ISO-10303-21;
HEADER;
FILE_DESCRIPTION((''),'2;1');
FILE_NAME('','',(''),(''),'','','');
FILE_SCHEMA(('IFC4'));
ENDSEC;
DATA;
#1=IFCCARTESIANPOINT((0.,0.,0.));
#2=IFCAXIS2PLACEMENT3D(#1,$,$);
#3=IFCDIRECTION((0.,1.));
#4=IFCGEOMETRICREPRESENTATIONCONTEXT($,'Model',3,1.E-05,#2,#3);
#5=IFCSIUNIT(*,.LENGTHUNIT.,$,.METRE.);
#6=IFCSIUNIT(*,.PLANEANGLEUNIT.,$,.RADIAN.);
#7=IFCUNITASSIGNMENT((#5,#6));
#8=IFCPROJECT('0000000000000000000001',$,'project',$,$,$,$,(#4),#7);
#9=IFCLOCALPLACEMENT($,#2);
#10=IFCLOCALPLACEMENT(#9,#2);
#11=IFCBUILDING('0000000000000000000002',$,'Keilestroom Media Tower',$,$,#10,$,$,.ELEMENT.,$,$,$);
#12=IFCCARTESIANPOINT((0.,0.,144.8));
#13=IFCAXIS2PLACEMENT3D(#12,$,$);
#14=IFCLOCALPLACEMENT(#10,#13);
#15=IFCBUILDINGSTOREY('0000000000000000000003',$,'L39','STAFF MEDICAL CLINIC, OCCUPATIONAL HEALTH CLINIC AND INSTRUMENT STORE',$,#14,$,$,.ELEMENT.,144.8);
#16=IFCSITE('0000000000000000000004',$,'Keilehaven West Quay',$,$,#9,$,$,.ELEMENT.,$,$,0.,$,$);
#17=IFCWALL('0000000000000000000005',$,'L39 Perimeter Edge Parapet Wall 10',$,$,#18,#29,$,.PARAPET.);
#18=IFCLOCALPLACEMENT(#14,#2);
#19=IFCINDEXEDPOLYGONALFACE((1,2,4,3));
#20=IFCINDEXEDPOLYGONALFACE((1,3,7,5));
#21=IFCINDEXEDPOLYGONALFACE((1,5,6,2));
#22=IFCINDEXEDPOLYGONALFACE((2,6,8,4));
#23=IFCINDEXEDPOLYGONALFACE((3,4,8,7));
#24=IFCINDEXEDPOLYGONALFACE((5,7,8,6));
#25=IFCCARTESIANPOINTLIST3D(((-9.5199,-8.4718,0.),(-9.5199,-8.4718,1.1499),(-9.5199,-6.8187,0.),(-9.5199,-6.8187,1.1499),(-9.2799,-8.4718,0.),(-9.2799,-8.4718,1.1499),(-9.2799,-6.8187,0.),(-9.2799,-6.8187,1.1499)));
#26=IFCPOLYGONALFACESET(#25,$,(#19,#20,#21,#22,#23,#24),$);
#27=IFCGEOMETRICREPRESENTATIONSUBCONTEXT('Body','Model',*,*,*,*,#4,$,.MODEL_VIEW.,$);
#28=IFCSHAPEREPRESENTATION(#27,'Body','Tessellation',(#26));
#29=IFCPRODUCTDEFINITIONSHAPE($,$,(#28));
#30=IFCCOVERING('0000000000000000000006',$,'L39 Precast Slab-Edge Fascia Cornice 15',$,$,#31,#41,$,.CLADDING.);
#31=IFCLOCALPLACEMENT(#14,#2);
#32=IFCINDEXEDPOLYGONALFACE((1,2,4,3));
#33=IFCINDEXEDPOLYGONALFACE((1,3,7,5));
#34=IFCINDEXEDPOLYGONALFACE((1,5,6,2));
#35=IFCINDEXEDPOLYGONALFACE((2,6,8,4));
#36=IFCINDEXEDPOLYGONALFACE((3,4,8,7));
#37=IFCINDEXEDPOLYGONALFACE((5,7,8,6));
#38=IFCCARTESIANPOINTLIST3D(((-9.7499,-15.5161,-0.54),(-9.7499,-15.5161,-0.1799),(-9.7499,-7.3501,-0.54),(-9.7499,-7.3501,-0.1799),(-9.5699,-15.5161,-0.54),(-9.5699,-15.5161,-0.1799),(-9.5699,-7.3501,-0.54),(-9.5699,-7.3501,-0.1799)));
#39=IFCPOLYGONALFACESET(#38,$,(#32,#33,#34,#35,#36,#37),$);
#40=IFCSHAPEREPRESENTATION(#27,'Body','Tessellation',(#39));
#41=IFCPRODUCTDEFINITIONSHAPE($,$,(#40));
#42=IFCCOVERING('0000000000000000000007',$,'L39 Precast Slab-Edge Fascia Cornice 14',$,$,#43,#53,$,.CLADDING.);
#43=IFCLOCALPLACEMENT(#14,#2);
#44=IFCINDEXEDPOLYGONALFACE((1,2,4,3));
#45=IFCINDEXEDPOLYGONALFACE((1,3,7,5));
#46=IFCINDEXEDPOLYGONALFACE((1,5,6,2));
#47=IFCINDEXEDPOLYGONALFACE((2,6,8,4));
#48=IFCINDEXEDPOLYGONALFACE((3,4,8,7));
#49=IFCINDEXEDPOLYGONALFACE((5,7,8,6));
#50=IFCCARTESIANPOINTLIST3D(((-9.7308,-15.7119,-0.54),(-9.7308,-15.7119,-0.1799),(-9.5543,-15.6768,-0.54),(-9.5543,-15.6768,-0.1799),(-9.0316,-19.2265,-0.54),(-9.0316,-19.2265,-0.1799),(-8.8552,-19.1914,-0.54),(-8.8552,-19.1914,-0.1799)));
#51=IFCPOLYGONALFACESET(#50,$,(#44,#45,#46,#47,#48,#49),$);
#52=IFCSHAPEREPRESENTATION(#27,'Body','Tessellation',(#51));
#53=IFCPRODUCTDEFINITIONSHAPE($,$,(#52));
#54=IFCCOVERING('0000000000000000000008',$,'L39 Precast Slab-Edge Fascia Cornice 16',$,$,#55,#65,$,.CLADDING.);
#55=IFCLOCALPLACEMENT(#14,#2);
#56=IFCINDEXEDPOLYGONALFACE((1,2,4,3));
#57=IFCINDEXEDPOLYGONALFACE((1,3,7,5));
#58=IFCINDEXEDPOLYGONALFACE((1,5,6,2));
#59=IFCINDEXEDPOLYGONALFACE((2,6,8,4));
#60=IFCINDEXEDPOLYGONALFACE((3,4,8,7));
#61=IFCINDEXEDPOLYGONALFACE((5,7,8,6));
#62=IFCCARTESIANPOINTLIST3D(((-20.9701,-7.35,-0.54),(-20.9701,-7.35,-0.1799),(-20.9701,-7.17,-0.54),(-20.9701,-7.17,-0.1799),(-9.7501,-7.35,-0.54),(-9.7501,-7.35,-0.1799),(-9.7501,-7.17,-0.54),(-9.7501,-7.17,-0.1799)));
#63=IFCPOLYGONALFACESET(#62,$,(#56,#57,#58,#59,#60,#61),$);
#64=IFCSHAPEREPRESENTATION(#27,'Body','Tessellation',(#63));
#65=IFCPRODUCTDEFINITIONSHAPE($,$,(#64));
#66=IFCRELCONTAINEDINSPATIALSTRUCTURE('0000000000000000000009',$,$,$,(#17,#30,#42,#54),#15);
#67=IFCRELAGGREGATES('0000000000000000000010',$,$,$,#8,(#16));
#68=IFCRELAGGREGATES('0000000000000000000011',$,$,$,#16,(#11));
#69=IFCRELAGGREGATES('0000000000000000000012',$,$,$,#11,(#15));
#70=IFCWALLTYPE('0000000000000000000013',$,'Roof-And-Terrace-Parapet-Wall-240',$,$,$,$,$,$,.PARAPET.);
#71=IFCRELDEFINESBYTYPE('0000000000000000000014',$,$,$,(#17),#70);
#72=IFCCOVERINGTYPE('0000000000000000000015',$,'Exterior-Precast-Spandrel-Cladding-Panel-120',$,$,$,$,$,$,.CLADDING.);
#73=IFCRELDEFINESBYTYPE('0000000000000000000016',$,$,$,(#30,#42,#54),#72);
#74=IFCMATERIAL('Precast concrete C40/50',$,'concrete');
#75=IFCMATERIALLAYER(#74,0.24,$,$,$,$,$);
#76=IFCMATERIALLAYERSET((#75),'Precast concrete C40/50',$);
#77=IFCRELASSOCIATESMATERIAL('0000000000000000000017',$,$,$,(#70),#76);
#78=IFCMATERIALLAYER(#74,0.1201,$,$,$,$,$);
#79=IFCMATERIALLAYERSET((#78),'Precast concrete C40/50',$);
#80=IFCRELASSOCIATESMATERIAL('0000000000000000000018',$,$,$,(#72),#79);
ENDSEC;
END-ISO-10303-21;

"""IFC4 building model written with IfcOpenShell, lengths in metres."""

from ifc_helpers import new_model, si_unit, direction, frame, frame_2d, origin, origin_2d, place, context, subcontext, project, spatial, rectangle, extrude, source, transform, mapped, material, layer, layer_set, type_object, element, save


model = new_model("IFC4")

# Units and contexts
model_context = context("Model", 3, precision=1e-05, world=origin(), true_north=direction((0.0, 1.0)))
body_context = subcontext(model_context, "Body", "Model", "MODEL_VIEW")
ifc_project = project(units=[si_unit("LENGTHUNIT", "METRE"), si_unit("PLANEANGLEUNIT", "RADIAN")], contexts=[model_context])

# Site, building, storey
site_placement = place(None, origin())
site = spatial("IfcSite", under=ifc_project, at=site_placement, Name="Keilehaven West Quay", CompositionType="ELEMENT", RefElevation=0.0)
building_placement = place(site_placement, origin())
building = spatial("IfcBuilding", under=site, at=building_placement, Name="Keilestroom Media Tower", CompositionType="ELEMENT")
storey_placement = place(building_placement, frame((0.0, 0.0, 144.8)))
storey = spatial("IfcBuildingStorey", under=building, at=storey_placement, Name="L39", Description="STAFF MEDICAL CLINIC, OCCUPATIONAL HEALTH CLINIC AND INSTRUMENT STORE", CompositionType="ELEMENT", Elevation=144.8)

# Shared definitions
ifc_material_1 = material(Name="Precast concrete C40/50", Category="concrete")

# Wall
ifc_layer_1 = layer(ifc_material_1, 0.24)
ifc_layer_set_1 = layer_set([ifc_layer_1], Name="Precast concrete C40/50")
wall_type_1 = type_object("IfcWallType", Name="Roof-And-Terrace-Parapet-Wall-240", PredefinedType="PARAPET", material=ifc_layer_set_1)
wall_1_placement = place(storey_placement, frame((-9.3999, -8.4719, 0.0), z_axis=(0.0, 0.0, 1.0), x_axis=(0.0, 1.0, 0.0)))
element("IfcWall", 1, at=wall_1_placement, inside=storey, type_object=wall_type_1, Name="L39 Perimeter Edge Parapet Wall 10", PredefinedType="PARAPET", context=body_context, shape_type="SweptSolid", body=[
    extrude(rectangle(XDim=1.6531, YDim=0.24, at=frame_2d((0.8267, 0.0))), origin(), (0.0, 0.0, 1.0), 1.1499),
])

# Coverings
ifc_layer_2 = layer(ifc_material_1, 0.1201)
ifc_layer_set_2 = layer_set([ifc_layer_2], Name="Precast concrete C40/50")
covering_type = type_object("IfcCoveringType", Name="Exterior-Precast-Spandrel-Cladding-Panel-120", PredefinedType="CLADDING", material=ifc_layer_set_2)
shared_shape_1 = source(origin(), body_context, "Body", "SweptSolid", [
    extrude(rectangle(XDim=8.166, YDim=0.1799, at=origin_2d()), origin(), (0.0, 0.0, 1.0), 0.3601),
])
covering_1_placement = place(storey_placement, frame((-9.6599, -11.4331, -0.54), z_axis=(0.0, 0.0, 1.0), x_axis=(0.0, 1.0, 0.0)))
element("IfcCovering", 2, at=covering_1_placement, inside=storey, type_object=covering_type, Name="L39 Precast Slab-Edge Fascia Cornice 15", PredefinedType="CLADDING", context=body_context, shape_type="MappedRepresentation", body=[
    mapped(shared_shape_1, transform((0.0, 0.0, 0.0), x_axis=(1.0, 0.0, 0.0), y_axis=(0.0, 1.0, 0.0), z_axis=(0.0, 0.0, 1.0), scale=1.0)),
])
shared_shape_2 = source(origin(), body_context, "Body", "SweptSolid", [
    extrude(rectangle(XDim=3.5835, YDim=0.1799, at=origin_2d()), origin(), (0.0, 0.0, 1.0), 0.3601),
])
covering_2_placement = place(storey_placement, frame((-9.293, -17.4517, -0.54), z_axis=(0.0, 0.0, 1.0), x_axis=(-0.195099, 0.980784, 0.0)))
element("IfcCovering", 3, at=covering_2_placement, inside=storey, type_object=covering_type, Name="L39 Precast Slab-Edge Fascia Cornice 14", PredefinedType="CLADDING", context=body_context, shape_type="MappedRepresentation", body=[
    mapped(shared_shape_2, transform((0.0, 0.0, 0.0), x_axis=(1.0, 0.0, 0.0), y_axis=(0.0, 1.0, 0.0), z_axis=(0.0, 0.0, 1.0), scale=1.0)),
])
shared_shape_3 = source(origin(), body_context, "Body", "SweptSolid", [
    extrude(rectangle(XDim=11.22, YDim=0.1799, at=origin_2d()), origin(), (0.0, 0.0, 1.0), 0.3601),
])
covering_3_placement = place(storey_placement, frame((-15.3601, -7.26, -0.54), z_axis=(0.0, 0.0, 1.0), x_axis=(-1.0, 0.0, 0.0)))
element("IfcCovering", 4, at=covering_3_placement, inside=storey, type_object=covering_type, Name="L39 Precast Slab-Edge Fascia Cornice 16", PredefinedType="CLADDING", context=body_context, shape_type="MappedRepresentation", body=[
    mapped(shared_shape_3, transform((0.0, 0.0, 0.0), x_axis=(1.0, 0.0, 0.0), y_axis=(0.0, 1.0, 0.0), z_axis=(0.0, 0.0, 1.0), scale=1.0)),
])

save(model, "model.ifc")
